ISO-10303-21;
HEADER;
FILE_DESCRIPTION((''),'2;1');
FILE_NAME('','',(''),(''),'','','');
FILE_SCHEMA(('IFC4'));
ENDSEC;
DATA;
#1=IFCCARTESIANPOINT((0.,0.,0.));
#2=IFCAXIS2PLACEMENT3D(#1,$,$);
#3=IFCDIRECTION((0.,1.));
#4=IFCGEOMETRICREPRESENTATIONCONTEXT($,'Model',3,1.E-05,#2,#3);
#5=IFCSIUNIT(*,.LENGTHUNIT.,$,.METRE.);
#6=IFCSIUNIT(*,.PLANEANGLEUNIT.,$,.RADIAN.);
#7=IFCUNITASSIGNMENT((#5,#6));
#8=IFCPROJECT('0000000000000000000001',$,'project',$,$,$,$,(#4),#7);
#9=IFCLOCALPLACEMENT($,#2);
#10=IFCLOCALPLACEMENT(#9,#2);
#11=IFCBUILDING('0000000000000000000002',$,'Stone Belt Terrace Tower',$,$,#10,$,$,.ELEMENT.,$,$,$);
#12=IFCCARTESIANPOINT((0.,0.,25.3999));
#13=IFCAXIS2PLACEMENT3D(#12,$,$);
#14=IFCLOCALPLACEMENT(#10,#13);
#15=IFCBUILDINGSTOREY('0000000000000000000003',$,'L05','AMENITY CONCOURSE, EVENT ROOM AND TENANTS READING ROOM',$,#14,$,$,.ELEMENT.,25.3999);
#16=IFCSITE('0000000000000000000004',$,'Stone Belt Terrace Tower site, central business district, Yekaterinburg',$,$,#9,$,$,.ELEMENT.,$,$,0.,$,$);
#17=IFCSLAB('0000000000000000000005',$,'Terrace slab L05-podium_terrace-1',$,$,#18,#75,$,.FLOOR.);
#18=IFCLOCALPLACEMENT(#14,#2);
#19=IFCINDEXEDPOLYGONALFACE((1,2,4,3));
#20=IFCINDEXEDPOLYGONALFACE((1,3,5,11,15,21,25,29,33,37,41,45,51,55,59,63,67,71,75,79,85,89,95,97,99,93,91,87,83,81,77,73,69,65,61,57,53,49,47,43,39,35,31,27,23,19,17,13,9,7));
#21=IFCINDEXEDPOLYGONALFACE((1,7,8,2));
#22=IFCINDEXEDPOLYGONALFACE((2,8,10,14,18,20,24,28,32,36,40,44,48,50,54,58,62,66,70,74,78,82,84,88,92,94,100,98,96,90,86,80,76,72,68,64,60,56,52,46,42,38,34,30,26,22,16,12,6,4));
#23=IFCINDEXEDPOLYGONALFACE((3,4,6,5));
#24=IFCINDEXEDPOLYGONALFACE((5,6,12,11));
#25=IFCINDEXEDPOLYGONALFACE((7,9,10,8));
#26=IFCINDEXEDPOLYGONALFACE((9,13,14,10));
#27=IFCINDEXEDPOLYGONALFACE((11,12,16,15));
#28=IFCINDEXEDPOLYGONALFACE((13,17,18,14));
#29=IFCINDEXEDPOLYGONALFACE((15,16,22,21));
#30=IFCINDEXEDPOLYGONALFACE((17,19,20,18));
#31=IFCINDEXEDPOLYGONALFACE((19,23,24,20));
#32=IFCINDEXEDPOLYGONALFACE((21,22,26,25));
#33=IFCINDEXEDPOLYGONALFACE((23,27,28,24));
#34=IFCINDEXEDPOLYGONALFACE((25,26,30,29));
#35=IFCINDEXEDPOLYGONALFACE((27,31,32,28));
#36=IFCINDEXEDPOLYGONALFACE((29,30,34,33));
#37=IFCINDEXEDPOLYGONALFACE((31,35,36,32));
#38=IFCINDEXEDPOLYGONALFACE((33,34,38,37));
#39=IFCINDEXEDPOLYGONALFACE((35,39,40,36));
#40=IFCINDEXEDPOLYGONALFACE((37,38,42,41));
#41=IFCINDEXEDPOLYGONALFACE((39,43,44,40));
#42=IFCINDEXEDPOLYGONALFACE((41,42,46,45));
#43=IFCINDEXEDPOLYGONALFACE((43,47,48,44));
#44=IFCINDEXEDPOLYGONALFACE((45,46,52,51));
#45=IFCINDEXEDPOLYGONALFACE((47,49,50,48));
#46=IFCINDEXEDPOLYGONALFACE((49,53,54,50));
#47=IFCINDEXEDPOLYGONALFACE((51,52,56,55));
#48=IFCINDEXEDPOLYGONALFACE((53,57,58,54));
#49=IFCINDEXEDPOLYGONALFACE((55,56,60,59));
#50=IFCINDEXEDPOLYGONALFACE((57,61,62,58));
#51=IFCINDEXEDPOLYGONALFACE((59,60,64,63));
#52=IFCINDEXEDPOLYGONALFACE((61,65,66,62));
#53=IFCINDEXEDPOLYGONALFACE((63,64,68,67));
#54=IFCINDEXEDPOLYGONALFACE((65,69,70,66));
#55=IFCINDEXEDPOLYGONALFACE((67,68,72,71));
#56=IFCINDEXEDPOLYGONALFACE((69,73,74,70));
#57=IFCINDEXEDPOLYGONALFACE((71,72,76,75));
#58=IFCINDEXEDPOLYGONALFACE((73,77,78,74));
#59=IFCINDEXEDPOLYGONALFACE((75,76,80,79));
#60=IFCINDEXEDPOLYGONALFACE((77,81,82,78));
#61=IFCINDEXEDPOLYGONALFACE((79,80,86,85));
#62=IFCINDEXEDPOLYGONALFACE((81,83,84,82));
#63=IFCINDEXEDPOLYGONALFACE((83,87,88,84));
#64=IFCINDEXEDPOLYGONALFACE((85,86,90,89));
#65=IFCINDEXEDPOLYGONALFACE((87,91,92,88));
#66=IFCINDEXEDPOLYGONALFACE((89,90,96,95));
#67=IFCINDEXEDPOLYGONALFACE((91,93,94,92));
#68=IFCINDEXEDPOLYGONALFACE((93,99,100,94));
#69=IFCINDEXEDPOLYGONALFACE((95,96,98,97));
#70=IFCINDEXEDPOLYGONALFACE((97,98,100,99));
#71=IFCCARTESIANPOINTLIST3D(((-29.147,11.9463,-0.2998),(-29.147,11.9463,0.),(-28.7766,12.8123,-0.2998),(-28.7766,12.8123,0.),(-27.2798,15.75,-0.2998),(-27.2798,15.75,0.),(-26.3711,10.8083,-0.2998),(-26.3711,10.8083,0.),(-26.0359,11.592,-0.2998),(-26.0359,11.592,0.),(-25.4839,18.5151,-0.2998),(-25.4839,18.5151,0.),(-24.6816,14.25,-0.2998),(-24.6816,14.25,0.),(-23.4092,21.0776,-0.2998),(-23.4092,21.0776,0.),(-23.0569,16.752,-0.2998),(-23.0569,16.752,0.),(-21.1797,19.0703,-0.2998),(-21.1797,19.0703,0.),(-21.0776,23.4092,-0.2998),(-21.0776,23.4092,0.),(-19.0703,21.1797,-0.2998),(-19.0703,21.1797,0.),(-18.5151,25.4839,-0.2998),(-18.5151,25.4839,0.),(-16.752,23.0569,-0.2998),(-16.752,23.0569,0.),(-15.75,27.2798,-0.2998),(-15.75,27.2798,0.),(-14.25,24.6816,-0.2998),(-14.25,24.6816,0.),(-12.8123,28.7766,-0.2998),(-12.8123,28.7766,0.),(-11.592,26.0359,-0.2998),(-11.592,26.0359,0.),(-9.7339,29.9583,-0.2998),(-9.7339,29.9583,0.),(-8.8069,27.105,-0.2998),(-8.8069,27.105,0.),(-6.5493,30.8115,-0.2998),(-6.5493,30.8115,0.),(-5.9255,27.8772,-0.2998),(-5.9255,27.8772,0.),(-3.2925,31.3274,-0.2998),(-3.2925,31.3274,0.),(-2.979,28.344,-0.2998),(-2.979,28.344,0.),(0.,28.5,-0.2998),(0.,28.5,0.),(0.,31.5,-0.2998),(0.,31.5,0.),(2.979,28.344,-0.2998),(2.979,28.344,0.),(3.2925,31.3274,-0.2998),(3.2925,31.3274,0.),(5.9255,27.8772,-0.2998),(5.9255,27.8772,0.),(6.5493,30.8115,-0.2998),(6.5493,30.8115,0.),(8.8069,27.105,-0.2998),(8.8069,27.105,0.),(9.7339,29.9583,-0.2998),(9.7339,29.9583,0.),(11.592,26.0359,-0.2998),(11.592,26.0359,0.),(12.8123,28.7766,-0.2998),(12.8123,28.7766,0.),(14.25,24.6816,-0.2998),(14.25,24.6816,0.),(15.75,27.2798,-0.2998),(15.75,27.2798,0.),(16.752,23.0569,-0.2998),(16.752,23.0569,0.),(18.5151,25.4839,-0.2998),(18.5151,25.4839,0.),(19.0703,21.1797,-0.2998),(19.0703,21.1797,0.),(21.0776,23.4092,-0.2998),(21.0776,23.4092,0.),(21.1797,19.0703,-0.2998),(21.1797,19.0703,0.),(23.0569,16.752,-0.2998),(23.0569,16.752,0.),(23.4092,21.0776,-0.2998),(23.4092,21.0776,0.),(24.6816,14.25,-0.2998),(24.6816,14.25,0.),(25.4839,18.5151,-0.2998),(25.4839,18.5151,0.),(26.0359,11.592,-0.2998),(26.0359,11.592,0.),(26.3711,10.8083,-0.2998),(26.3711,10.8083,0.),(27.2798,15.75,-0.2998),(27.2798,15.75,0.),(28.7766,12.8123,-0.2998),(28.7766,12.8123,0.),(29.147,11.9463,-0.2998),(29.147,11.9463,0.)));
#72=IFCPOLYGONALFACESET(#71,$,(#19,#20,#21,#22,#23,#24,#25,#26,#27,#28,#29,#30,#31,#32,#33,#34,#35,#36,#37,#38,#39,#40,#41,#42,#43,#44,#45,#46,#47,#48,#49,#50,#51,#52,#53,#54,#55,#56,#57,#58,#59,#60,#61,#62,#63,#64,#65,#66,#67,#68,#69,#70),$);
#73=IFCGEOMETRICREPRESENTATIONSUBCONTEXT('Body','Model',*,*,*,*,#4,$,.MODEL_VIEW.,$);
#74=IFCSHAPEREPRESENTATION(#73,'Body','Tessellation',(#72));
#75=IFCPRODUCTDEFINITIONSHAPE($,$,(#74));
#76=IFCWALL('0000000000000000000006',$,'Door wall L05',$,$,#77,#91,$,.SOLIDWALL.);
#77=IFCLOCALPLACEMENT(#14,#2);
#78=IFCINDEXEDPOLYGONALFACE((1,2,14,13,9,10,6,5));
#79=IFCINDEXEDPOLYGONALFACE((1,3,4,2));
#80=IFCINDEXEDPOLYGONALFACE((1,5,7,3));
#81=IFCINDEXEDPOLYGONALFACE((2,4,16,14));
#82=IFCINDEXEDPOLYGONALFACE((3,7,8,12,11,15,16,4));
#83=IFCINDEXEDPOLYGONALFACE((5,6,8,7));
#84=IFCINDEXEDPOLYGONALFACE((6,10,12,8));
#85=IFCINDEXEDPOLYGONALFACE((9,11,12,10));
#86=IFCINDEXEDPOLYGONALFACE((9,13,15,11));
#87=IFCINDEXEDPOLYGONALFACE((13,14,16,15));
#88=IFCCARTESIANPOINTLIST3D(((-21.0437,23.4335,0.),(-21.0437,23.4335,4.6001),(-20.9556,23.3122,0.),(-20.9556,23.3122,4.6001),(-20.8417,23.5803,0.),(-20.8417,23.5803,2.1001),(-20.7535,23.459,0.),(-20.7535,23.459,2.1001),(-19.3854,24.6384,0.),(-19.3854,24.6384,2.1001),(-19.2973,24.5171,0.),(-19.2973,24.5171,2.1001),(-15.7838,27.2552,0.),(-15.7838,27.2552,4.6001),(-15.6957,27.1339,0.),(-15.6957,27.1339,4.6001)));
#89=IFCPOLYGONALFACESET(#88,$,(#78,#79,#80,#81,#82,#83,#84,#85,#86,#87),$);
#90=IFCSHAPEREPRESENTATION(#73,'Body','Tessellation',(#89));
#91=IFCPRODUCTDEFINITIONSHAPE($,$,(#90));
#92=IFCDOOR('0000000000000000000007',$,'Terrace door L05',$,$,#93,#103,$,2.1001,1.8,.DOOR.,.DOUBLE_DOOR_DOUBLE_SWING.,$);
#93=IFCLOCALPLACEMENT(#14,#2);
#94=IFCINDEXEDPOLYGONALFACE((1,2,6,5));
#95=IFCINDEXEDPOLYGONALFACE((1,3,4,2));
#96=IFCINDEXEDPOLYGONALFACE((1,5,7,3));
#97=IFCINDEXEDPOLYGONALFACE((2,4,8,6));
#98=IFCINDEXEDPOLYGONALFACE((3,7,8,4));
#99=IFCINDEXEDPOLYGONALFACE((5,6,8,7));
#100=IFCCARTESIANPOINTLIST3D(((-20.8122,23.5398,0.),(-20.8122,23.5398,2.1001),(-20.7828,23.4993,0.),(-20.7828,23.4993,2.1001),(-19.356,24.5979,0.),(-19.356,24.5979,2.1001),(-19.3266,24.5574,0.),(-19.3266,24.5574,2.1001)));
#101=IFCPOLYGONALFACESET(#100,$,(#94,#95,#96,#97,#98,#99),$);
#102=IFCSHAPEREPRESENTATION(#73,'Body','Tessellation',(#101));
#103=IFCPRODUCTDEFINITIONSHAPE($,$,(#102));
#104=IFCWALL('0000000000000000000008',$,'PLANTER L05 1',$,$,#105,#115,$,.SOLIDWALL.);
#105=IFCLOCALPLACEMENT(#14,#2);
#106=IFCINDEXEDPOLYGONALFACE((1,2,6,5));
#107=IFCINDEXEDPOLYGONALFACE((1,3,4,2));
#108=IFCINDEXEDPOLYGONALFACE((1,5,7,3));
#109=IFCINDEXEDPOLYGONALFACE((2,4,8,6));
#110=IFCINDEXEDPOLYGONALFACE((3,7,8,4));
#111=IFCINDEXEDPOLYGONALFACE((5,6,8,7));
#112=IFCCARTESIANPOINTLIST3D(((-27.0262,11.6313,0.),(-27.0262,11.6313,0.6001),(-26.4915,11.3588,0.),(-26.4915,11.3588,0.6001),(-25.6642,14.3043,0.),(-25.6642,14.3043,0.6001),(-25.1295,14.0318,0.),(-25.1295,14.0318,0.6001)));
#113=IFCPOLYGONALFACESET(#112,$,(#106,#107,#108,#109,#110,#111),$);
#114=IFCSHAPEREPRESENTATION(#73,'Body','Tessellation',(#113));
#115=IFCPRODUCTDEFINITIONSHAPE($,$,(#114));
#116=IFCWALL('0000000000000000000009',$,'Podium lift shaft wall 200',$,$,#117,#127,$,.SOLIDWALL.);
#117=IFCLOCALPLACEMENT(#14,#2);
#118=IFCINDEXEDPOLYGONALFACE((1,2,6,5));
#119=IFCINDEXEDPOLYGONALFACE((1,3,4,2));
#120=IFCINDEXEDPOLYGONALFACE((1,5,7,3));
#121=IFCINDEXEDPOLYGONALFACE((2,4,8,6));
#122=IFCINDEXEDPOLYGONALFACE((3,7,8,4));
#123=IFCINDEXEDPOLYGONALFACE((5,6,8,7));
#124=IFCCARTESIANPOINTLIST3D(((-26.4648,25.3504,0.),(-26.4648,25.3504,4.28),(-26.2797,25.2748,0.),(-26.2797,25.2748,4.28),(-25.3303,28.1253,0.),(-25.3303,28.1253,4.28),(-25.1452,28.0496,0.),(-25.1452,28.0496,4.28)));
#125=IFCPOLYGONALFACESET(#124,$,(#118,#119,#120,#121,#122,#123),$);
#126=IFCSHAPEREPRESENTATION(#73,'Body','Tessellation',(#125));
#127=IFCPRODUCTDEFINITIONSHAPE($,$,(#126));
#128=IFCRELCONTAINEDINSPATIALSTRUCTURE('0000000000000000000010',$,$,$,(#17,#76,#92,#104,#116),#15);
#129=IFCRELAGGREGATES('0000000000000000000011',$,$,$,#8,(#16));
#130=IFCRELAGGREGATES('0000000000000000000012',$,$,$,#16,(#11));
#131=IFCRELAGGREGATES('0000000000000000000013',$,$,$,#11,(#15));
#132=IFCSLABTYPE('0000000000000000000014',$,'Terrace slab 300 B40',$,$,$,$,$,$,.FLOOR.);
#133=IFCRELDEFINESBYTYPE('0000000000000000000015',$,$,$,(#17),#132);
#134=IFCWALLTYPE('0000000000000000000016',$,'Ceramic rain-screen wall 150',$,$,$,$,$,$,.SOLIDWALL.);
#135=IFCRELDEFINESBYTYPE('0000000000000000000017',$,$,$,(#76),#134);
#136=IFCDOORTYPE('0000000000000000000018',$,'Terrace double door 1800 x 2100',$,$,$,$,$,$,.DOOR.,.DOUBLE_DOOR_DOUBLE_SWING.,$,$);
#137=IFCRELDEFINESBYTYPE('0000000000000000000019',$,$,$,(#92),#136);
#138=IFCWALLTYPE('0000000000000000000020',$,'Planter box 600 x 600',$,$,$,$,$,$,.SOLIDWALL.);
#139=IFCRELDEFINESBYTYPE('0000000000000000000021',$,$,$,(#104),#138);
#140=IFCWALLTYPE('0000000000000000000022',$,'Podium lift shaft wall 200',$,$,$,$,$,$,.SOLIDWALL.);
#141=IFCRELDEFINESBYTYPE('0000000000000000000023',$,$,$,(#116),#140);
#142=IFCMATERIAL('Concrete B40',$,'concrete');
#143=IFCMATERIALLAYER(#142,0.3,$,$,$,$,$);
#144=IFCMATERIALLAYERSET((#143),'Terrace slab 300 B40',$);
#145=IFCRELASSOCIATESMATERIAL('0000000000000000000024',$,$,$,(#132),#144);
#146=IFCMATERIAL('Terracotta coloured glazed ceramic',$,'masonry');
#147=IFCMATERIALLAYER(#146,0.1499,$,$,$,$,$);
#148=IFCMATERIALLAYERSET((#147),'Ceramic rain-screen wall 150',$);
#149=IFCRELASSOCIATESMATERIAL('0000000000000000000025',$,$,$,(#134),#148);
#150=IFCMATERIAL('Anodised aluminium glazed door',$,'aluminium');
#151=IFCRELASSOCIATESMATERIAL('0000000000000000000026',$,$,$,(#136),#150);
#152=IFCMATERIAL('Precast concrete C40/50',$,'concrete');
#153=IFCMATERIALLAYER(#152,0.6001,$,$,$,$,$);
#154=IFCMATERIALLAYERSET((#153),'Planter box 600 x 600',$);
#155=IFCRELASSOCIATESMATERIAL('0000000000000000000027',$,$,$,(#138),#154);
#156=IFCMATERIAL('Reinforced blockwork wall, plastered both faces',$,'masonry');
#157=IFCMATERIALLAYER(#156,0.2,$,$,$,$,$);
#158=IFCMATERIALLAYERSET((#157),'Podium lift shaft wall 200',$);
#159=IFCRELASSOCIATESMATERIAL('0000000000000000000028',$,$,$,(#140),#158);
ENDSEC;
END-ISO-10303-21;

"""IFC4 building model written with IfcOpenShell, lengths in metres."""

from ifc_helpers import new_model, si_unit, direction, frame, frame_2d, origin, origin_2d, place, context, subcontext, project, spatial, polyline, rectangle, outline, extrude, material, layer, layer_set, type_object, element, fill, save


model = new_model("IFC4")

# Units and contexts
model_context = context("Model", 3, precision=1e-05, world=origin(), true_north=direction((0.0, 1.0)))
body_context = subcontext(model_context, "Body", "Model", "MODEL_VIEW")
ifc_project = project(units=[si_unit("LENGTHUNIT", "METRE"), si_unit("PLANEANGLEUNIT", "RADIAN")], contexts=[model_context])

# Site, building, storey
site_placement = place(None, origin())
site = spatial("IfcSite", under=ifc_project, at=site_placement, Name="Stone Belt Terrace Tower site, central business district, Yekaterinburg", CompositionType="ELEMENT", RefElevation=0.0)
building_placement = place(site_placement, origin())
building = spatial("IfcBuilding", under=site, at=building_placement, Name="Stone Belt Terrace Tower", CompositionType="ELEMENT")
storey_placement = place(building_placement, frame((0.0, 0.0, 25.3999)))
storey = spatial("IfcBuildingStorey", under=building, at=storey_placement, Name="L05", Description="AMENITY CONCOURSE, EVENT ROOM AND TENANTS READING ROOM", CompositionType="ELEMENT", Elevation=25.3999)

# Slab
ifc_material_1 = material(Name="Concrete B40", Category="concrete")
ifc_layer_1 = layer(ifc_material_1, 0.3)
ifc_layer_set_1 = layer_set([ifc_layer_1], Name="Terrace slab 300 B40")
slab_type_1 = type_object("IfcSlabType", Name="Terrace slab 300 B40", PredefinedType="FLOOR", material=ifc_layer_set_1)
slab_1_placement = place(storey_placement, frame((0.0, 0.0, -0.2998)))
element("IfcSlab", 1, at=slab_1_placement, inside=storey, type_object=slab_type_1, Name="Terrace slab L05-podium_terrace-1", PredefinedType="FLOOR", context=body_context, shape_type="SweptSolid", body=[
    extrude(outline(polyline([(26.3711, 10.8083), (29.147, 11.9463), (28.7766, 12.8123), (27.2798, 15.75), (25.4839, 18.5151), (23.4092, 21.0776), (21.0776, 23.4092), (18.5151, 25.4839), (15.75, 27.2798), (12.8123, 28.7766), (9.7339, 29.9583), (6.5493, 30.8115), (3.2925, 31.3274), (0.0, 31.5), (-3.2925, 31.3274), (-6.5493, 30.8115), (-9.7339, 29.9583), (-12.8123, 28.7766), (-15.75, 27.2798), (-18.5151, 25.4839), (-21.0776, 23.4092), (-23.4092, 21.0776), (-25.4839, 18.5151), (-27.2798, 15.75), (-28.7766, 12.8123), (-29.147, 11.9463), (-26.3711, 10.8083), (-26.0359, 11.592), (-24.6816, 14.25), (-23.0569, 16.752), (-21.1797, 19.0703), (-19.0703, 21.1797), (-16.752, 23.0569), (-14.25, 24.6816), (-11.592, 26.0359), (-8.8069, 27.105), (-5.9255, 27.8772), (-2.979, 28.344), (0.0, 28.5), (2.979, 28.344), (5.9255, 27.8772), (8.8069, 27.105), (11.592, 26.0359), (14.25, 24.6816), (16.752, 23.0569), (19.0703, 21.1797), (21.1797, 19.0703), (23.0569, 16.752), (24.6816, 14.25), (26.0359, 11.592), (26.3711, 10.8083)])), origin(), (0.0, 0.0, 1.0), 0.2998),
])

# Wall, opening, door
ifc_material_2 = material(Name="Terracotta coloured glazed ceramic", Category="masonry")
ifc_layer_2 = layer(ifc_material_2, 0.1499)
ifc_layer_set_2 = layer_set([ifc_layer_2], Name="Ceramic rain-screen wall 150")
wall_type_1 = type_object("IfcWallType", Name="Ceramic rain-screen wall 150", PredefinedType="SOLIDWALL", material=ifc_layer_set_2)
wall_1_placement = place(storey_placement, frame((-20.9998, 23.3728, 0.0), z_axis=(0.0, 0.0, 1.0), x_axis=(0.809006, 0.587801, 0.0)))
wall_1 = element("IfcWall", 2, at=wall_1_placement, inside=storey, type_object=wall_type_1, Name="Door wall L05", PredefinedType="SOLIDWALL", context=body_context, shape_type="SweptSolid", body=[
    extrude(rectangle(XDim=6.5017, YDim=0.1499, at=frame_2d((3.251, 0.0))), origin(), (0.0, 0.0, 1.0), 4.6001),
])
opening_placement = place(wall_1_placement, frame((0.25, 0.0, 0.0)))
opening = element("IfcOpeningElement", 3, at=opening_placement, cuts=wall_1, PredefinedType="OPENING", context=body_context, shape_type="SweptSolid", body=[
    extrude(rectangle(XDim=1.8, YDim=2.1001, at=frame_2d((0.8999, 1.05))), frame((0.0, 0.085, 0.0), z_axis=(0.0, -1.0, 0.0), x_axis=(1.0, 0.0, 0.0)), (0.0, 0.0, 1.0), 0.1699),
])
ifc_material_3 = material(Name="Anodised aluminium glazed door", Category="aluminium")
door_type = type_object("IfcDoorType", Name="Terrace double door 1800 x 2100", OperationType="DOUBLE_DOOR_DOUBLE_SWING", PredefinedType="DOOR", material=ifc_material_3)
door_placement = place(opening_placement, origin())
door = element("IfcDoor", 4, at=door_placement, inside=storey, type_object=door_type, Name="Terrace door L05", OperationType="DOUBLE_DOOR_DOUBLE_SWING", OverallHeight=2.1001, OverallWidth=1.8, PredefinedType="DOOR", context=body_context, shape_type="SweptSolid", body=[
    extrude(rectangle(XDim=1.8, YDim=2.1001, at=frame_2d((0.8999, 1.05))), frame((0.0, 0.0249, 0.0), z_axis=(0.0, -1.0, 0.0), x_axis=(1.0, 0.0, 0.0)), (0.0, 0.0, 1.0), 0.05),
])
fill(opening, door)

# Walls
ifc_material_4 = material(Name="Precast concrete C40/50", Category="concrete")
ifc_layer_3 = layer(ifc_material_4, 0.6001)
ifc_layer_set_3 = layer_set([ifc_layer_3], Name="Planter box 600 x 600")
wall_type_2 = type_object("IfcWallType", Name="Planter box 600 x 600", PredefinedType="SOLIDWALL", material=ifc_layer_set_3)
wall_2_placement = place(storey_placement, frame((-26.0779, 12.8315, 0.0), z_axis=(0.0, 0.0, 1.0), x_axis=(0.45399, 0.891007, 0.0)))
element("IfcWall", 5, at=wall_2_placement, inside=storey, type_object=wall_type_2, Name="PLANTER L05 1", PredefinedType="SOLIDWALL", context=body_context, shape_type="SweptSolid", body=[
    extrude(rectangle(XDim=3.0, YDim=0.6001, at=origin_2d()), origin(), (0.0, 0.0, 1.0), 0.6001),
])
ifc_material_5 = material(Name="Reinforced blockwork wall, plastered both faces", Category="masonry")
ifc_layer_4 = layer(ifc_material_5, 0.2)
ifc_layer_set_4 = layer_set([ifc_layer_4], Name="Podium lift shaft wall 200")
wall_type_3 = type_object("IfcWallType", Name="Podium lift shaft wall 200", PredefinedType="SOLIDWALL", material=ifc_layer_set_4)
wall_3_placement = place(storey_placement, frame((-26.3723, 25.3125, 0.0), z_axis=(0.0, 0.0, 1.0), x_axis=(0.378443, 0.925625, 0.0)))
element("IfcWall", 6, at=wall_3_placement, inside=storey, type_object=wall_type_3, Name="Podium lift shaft wall 200", PredefinedType="SOLIDWALL", context=body_context, shape_type="SweptSolid", body=[
    extrude(rectangle(XDim=2.9978, YDim=0.2, at=frame_2d((1.499, 0.0))), origin(), (0.0, 0.0, 1.0), 4.28),
])

save(model, "model.ifc")
